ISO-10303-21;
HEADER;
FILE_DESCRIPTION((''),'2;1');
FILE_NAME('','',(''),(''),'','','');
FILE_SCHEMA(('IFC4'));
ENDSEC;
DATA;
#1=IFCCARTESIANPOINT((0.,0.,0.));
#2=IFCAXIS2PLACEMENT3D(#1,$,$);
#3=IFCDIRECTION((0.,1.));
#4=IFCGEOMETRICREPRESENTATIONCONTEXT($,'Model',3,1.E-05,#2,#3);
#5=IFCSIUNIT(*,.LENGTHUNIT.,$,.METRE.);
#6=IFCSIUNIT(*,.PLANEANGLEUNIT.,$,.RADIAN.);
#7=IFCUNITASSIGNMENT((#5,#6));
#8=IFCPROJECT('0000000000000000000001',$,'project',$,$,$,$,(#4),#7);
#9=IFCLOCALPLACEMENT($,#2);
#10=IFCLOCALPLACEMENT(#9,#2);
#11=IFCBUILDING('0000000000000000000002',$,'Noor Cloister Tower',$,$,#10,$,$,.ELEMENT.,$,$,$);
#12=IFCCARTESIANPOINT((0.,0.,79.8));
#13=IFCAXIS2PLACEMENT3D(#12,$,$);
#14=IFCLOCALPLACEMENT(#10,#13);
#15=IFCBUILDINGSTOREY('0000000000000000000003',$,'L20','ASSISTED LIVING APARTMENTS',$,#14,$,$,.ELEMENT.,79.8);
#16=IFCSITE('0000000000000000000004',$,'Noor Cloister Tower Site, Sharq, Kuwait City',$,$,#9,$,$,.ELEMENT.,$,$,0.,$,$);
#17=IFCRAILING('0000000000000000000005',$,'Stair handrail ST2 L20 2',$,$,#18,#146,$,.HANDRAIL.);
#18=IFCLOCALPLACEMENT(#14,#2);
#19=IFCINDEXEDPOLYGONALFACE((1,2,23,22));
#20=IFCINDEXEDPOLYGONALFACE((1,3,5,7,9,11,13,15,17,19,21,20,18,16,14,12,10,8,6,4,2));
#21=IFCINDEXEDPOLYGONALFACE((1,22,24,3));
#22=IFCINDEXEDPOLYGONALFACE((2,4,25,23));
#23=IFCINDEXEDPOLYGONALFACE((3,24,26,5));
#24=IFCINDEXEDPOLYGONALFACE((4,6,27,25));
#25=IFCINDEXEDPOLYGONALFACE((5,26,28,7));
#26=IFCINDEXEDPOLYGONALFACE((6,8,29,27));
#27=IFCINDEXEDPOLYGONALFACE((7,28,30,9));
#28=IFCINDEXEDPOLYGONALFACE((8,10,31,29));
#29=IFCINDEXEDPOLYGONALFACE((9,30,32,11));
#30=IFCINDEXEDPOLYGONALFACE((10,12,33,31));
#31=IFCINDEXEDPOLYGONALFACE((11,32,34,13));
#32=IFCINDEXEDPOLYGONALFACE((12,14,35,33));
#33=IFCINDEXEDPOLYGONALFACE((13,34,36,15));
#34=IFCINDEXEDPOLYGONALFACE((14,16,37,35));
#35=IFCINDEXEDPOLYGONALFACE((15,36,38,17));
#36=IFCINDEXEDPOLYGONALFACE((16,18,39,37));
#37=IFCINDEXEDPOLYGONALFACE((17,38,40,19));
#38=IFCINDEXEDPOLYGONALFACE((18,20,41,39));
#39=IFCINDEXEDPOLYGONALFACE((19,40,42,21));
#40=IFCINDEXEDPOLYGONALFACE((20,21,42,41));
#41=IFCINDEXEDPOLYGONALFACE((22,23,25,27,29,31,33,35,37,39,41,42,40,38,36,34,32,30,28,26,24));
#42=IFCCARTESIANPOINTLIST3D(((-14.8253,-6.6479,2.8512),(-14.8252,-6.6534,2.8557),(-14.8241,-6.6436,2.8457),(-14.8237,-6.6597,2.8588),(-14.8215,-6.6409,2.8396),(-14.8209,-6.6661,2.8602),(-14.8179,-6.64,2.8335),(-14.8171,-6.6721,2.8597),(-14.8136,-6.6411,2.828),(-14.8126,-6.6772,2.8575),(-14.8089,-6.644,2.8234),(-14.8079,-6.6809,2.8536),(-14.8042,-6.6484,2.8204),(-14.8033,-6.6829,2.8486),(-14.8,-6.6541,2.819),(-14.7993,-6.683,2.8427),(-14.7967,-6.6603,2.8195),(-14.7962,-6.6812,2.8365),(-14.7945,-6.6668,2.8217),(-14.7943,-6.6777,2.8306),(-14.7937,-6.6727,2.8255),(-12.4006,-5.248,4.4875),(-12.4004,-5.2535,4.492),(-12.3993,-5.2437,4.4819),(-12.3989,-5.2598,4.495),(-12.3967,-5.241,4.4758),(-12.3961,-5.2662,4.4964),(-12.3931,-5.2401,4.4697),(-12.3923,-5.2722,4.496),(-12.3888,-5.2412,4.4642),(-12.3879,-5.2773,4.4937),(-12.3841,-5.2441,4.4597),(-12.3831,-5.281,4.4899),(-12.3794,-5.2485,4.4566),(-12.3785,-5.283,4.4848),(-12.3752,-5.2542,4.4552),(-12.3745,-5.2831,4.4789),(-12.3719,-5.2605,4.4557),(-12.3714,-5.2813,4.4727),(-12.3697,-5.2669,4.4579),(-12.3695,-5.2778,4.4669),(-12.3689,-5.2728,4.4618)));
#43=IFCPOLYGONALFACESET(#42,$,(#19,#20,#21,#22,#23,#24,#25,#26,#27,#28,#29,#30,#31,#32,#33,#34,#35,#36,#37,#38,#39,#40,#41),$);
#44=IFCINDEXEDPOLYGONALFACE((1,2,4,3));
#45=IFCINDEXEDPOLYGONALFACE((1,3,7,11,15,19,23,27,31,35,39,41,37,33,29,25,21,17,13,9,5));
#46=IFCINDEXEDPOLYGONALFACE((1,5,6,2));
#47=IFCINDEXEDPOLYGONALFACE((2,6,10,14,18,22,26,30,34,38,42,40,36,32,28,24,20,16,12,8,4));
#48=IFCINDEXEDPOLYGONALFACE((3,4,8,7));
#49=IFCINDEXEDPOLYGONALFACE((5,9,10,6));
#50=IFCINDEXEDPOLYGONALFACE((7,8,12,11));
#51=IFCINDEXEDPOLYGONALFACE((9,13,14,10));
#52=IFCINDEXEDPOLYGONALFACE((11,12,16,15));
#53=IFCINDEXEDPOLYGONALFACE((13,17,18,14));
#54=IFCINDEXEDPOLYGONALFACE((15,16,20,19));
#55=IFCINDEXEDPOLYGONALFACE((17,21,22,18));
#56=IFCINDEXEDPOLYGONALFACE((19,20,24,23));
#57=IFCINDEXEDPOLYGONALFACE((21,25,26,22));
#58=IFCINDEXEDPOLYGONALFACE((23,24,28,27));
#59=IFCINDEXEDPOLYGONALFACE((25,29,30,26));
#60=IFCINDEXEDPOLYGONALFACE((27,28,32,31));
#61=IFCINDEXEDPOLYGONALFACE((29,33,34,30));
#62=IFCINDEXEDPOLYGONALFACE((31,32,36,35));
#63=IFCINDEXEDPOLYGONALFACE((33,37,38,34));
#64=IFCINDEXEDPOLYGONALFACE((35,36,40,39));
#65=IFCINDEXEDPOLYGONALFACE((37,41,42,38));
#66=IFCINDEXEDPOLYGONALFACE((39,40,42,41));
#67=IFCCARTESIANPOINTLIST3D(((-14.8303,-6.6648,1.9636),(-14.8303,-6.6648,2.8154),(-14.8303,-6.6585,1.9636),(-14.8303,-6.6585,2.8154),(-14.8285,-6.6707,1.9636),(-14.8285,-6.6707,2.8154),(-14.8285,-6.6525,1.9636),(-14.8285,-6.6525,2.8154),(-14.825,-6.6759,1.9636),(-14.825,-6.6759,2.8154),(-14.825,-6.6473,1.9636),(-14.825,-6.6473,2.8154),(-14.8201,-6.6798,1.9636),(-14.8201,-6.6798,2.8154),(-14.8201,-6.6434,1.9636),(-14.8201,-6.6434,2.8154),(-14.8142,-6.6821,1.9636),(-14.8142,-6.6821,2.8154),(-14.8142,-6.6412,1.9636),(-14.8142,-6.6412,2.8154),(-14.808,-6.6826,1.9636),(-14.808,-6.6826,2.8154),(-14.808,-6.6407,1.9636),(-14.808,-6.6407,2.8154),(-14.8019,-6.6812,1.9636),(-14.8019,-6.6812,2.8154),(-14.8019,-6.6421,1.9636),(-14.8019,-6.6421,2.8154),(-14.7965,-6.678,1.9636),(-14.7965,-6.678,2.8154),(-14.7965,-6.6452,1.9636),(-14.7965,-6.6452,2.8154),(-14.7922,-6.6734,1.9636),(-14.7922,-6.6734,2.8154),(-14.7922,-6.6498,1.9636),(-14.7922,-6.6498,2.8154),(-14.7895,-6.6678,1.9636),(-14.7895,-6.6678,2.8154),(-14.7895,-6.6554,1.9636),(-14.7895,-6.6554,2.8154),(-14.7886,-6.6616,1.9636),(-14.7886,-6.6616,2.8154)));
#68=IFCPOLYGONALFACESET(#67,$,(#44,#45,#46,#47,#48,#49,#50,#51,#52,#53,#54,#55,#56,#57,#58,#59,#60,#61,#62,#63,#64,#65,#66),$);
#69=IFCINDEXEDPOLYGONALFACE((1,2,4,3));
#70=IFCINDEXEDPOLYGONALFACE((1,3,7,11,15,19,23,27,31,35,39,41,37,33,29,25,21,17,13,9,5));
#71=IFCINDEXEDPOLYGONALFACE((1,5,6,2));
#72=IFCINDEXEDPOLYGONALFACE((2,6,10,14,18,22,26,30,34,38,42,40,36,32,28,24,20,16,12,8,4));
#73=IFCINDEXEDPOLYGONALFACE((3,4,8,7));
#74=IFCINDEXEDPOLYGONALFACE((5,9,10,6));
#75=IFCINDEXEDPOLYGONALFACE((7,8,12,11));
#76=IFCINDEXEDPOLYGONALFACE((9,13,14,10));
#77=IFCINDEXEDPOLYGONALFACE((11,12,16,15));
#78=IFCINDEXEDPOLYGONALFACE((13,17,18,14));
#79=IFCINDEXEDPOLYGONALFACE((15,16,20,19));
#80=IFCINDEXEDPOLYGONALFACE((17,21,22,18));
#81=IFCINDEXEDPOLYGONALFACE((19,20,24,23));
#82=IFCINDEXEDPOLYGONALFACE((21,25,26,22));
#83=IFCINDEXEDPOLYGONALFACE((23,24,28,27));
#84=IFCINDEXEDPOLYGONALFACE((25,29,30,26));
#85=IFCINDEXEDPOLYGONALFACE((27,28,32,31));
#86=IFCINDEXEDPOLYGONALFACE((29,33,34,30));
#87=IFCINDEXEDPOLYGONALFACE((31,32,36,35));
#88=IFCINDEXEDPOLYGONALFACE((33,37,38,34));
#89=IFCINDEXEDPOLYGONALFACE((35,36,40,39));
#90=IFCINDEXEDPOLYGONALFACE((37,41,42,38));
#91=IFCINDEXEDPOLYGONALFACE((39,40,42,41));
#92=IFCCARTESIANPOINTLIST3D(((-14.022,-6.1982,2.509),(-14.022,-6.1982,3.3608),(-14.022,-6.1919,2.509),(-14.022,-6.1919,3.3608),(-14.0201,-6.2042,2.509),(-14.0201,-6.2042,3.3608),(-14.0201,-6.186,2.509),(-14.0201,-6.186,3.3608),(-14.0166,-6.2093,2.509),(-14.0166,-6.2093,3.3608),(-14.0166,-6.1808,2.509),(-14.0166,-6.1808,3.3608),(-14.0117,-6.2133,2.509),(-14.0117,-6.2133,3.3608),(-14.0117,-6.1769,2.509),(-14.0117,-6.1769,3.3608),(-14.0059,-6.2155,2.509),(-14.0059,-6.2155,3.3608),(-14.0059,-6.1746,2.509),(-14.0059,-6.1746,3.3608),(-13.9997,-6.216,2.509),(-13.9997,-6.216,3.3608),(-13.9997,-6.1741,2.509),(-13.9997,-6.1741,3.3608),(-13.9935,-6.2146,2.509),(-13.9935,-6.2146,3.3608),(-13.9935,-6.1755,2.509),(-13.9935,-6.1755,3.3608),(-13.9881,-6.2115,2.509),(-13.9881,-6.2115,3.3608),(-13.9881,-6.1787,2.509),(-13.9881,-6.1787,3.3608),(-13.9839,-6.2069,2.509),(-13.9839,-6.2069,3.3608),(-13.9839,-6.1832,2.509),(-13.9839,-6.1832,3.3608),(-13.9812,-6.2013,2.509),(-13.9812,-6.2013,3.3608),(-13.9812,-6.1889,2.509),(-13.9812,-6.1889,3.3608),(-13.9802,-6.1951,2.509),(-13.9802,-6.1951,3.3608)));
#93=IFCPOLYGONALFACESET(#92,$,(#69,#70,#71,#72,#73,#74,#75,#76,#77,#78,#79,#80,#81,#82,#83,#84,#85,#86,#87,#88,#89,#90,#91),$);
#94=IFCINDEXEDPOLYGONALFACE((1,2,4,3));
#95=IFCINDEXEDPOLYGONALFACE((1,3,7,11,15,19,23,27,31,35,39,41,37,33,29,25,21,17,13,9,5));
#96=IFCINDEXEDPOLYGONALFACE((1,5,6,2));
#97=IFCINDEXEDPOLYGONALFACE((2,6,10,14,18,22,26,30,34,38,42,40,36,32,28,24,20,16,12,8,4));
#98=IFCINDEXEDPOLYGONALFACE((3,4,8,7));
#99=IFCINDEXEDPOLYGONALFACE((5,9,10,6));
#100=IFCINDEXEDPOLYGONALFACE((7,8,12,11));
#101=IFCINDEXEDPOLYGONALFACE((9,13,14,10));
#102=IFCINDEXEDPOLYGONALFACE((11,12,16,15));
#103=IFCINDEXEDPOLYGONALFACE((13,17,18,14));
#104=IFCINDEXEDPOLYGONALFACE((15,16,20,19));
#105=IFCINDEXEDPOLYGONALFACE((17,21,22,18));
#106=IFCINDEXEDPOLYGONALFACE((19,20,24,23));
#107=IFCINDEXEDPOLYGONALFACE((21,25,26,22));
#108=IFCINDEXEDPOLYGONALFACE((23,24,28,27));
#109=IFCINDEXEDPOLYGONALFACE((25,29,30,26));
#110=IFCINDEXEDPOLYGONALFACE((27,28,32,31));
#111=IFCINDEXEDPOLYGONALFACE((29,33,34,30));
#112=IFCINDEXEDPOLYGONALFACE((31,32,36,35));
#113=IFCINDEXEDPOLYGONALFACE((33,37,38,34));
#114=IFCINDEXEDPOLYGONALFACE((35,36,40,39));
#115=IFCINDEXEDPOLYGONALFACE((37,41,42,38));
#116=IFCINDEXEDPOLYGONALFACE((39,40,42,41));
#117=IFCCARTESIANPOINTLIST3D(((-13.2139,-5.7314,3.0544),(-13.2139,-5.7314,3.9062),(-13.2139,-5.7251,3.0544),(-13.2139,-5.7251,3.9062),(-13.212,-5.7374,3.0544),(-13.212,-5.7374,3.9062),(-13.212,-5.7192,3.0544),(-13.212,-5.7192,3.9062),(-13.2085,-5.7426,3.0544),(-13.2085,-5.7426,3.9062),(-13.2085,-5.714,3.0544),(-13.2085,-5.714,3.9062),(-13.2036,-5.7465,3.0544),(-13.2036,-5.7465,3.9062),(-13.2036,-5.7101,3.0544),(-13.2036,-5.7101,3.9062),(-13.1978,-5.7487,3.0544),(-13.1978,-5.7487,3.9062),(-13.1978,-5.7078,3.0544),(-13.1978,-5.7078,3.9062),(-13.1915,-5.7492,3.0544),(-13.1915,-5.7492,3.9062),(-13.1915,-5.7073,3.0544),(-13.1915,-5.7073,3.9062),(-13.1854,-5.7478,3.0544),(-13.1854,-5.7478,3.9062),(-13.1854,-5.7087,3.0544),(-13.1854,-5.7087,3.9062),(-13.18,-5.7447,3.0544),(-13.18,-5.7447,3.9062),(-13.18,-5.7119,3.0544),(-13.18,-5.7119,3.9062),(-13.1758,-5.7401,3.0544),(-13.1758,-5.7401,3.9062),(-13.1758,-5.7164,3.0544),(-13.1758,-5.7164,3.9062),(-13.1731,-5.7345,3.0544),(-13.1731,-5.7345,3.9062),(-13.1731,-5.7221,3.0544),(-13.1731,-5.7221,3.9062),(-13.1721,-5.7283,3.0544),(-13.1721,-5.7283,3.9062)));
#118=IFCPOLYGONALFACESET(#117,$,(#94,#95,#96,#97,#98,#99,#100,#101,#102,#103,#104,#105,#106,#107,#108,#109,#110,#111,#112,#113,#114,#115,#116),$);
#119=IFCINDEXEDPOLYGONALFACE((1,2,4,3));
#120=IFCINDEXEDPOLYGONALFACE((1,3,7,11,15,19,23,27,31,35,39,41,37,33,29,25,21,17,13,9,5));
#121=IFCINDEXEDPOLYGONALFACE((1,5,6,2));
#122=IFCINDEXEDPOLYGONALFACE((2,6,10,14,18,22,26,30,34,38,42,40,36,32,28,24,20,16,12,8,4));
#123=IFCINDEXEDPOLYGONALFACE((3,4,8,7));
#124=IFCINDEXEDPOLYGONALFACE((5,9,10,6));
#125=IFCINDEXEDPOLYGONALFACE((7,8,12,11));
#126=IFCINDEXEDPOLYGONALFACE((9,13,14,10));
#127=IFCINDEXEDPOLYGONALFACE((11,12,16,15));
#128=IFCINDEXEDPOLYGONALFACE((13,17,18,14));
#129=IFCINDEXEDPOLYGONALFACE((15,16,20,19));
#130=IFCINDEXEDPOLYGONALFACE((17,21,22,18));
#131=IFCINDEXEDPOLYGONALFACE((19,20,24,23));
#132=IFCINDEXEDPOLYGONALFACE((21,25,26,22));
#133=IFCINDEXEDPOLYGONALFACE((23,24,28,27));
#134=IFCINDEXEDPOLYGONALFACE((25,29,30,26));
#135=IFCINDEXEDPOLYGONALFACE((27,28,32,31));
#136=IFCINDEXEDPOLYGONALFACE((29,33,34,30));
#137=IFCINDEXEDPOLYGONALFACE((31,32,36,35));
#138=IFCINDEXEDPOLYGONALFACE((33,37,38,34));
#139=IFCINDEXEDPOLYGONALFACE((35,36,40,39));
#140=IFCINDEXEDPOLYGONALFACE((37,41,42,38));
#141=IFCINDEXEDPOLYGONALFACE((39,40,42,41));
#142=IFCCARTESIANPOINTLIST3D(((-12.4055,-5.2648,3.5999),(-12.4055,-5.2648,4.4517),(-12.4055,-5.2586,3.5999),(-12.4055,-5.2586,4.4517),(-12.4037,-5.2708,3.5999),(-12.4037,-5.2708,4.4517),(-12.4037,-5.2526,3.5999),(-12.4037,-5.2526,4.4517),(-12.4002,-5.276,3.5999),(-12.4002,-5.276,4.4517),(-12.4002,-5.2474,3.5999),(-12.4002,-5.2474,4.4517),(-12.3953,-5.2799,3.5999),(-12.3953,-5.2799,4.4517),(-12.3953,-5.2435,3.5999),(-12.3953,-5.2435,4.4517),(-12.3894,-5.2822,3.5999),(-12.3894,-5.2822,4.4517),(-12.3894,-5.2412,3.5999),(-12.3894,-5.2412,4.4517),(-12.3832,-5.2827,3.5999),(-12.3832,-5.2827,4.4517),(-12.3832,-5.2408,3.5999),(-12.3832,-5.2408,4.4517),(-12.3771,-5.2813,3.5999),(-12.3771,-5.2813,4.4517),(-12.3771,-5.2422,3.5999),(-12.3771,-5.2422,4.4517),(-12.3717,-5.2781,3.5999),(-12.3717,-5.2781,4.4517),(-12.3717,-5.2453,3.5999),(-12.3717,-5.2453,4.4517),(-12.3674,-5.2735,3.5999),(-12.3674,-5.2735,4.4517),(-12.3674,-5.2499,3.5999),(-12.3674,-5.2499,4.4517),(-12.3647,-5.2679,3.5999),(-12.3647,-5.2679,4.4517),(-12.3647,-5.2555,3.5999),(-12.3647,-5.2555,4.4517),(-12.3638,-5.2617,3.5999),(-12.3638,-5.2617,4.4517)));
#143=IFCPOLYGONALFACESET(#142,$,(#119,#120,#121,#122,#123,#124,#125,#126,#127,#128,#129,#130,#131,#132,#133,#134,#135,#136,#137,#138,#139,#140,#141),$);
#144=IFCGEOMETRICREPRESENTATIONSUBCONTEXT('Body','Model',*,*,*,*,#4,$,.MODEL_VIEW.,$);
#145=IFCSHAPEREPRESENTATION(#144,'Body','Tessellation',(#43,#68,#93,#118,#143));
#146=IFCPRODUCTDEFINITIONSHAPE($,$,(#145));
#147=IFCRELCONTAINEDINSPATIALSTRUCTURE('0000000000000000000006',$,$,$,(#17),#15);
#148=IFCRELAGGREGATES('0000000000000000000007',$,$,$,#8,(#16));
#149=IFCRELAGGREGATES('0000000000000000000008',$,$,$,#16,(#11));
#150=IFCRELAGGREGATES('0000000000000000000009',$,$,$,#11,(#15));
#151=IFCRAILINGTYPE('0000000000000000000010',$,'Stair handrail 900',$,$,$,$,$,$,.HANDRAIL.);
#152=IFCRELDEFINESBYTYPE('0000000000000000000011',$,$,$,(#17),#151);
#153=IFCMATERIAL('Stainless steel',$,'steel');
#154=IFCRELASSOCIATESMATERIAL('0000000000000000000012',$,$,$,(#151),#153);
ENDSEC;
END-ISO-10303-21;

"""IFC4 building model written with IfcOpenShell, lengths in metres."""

from ifc_helpers import new_model, si_unit, direction, frame, origin, origin_2d, place, context, subcontext, project, spatial, circle, extrude, material, type_object, element, save


model = new_model("IFC4")

# Units and contexts
model_context = context("Model", 3, precision=1e-05, world=origin(), true_north=direction((0.0, 1.0)))
body_context = subcontext(model_context, "Body", "Model", "MODEL_VIEW")
ifc_project = project(units=[si_unit("LENGTHUNIT", "METRE"), si_unit("PLANEANGLEUNIT", "RADIAN")], contexts=[model_context])

# Site, building, storey
site_placement = place(None, origin())
site = spatial("IfcSite", under=ifc_project, at=site_placement, Name="Noor Cloister Tower Site, Sharq, Kuwait City", CompositionType="ELEMENT", RefElevation=0.0)
building_placement = place(site_placement, origin())
building = spatial("IfcBuilding", under=site, at=building_placement, Name="Noor Cloister Tower", CompositionType="ELEMENT")
storey_placement = place(building_placement, frame((0.0, 0.0, 79.8)))
storey = spatial("IfcBuildingStorey", under=building, at=storey_placement, Name="L20", Description="ASSISTED LIVING APARTMENTS", CompositionType="ELEMENT", Elevation=79.8)

# Railing
ifc_material_1 = material(Name="Stainless steel", Category="steel")
railing_type_1 = type_object("IfcRailingType", Name="Stair handrail 900", PredefinedType="HANDRAIL", material=ifc_material_1)
railing_1_placement = place(storey_placement, frame((-14.8096, -6.6616, 1.9636)))
element("IfcRailing", 1, at=railing_1_placement, inside=storey, type_object=railing_type_1, Name="Stair handrail ST2 L20 2", PredefinedType="HANDRAIL", context=body_context, shape_type="SweptSolid", body=[
    extrude(circle(Radius=0.0239, at=origin_2d()), frame((0.0, 0.0, 0.876), z_axis=(0.747718, 0.431677, 0.504552), x_axis=(-0.499984, 0.866035, 0.0)), (0.0, 0.0, 1.0), 3.2429),
    extrude(circle(Radius=0.021, at=origin_2d()), origin(), (0.0, 0.0, 1.0), 0.8518),
    extrude(circle(Radius=0.021, at=origin_2d()), frame((0.8083, 0.4666, 0.5454)), (0.0, 0.0, 1.0), 0.8518),
    extrude(circle(Radius=0.021, at=origin_2d()), frame((1.6165, 0.9333, 1.0908)), (0.0, 0.0, 1.0), 0.8518),
    extrude(circle(Radius=0.021, at=origin_2d()), frame((2.4248, 1.3999, 1.6362)), (0.0, 0.0, 1.0), 0.8518),
])

save(model, "model.ifc")
